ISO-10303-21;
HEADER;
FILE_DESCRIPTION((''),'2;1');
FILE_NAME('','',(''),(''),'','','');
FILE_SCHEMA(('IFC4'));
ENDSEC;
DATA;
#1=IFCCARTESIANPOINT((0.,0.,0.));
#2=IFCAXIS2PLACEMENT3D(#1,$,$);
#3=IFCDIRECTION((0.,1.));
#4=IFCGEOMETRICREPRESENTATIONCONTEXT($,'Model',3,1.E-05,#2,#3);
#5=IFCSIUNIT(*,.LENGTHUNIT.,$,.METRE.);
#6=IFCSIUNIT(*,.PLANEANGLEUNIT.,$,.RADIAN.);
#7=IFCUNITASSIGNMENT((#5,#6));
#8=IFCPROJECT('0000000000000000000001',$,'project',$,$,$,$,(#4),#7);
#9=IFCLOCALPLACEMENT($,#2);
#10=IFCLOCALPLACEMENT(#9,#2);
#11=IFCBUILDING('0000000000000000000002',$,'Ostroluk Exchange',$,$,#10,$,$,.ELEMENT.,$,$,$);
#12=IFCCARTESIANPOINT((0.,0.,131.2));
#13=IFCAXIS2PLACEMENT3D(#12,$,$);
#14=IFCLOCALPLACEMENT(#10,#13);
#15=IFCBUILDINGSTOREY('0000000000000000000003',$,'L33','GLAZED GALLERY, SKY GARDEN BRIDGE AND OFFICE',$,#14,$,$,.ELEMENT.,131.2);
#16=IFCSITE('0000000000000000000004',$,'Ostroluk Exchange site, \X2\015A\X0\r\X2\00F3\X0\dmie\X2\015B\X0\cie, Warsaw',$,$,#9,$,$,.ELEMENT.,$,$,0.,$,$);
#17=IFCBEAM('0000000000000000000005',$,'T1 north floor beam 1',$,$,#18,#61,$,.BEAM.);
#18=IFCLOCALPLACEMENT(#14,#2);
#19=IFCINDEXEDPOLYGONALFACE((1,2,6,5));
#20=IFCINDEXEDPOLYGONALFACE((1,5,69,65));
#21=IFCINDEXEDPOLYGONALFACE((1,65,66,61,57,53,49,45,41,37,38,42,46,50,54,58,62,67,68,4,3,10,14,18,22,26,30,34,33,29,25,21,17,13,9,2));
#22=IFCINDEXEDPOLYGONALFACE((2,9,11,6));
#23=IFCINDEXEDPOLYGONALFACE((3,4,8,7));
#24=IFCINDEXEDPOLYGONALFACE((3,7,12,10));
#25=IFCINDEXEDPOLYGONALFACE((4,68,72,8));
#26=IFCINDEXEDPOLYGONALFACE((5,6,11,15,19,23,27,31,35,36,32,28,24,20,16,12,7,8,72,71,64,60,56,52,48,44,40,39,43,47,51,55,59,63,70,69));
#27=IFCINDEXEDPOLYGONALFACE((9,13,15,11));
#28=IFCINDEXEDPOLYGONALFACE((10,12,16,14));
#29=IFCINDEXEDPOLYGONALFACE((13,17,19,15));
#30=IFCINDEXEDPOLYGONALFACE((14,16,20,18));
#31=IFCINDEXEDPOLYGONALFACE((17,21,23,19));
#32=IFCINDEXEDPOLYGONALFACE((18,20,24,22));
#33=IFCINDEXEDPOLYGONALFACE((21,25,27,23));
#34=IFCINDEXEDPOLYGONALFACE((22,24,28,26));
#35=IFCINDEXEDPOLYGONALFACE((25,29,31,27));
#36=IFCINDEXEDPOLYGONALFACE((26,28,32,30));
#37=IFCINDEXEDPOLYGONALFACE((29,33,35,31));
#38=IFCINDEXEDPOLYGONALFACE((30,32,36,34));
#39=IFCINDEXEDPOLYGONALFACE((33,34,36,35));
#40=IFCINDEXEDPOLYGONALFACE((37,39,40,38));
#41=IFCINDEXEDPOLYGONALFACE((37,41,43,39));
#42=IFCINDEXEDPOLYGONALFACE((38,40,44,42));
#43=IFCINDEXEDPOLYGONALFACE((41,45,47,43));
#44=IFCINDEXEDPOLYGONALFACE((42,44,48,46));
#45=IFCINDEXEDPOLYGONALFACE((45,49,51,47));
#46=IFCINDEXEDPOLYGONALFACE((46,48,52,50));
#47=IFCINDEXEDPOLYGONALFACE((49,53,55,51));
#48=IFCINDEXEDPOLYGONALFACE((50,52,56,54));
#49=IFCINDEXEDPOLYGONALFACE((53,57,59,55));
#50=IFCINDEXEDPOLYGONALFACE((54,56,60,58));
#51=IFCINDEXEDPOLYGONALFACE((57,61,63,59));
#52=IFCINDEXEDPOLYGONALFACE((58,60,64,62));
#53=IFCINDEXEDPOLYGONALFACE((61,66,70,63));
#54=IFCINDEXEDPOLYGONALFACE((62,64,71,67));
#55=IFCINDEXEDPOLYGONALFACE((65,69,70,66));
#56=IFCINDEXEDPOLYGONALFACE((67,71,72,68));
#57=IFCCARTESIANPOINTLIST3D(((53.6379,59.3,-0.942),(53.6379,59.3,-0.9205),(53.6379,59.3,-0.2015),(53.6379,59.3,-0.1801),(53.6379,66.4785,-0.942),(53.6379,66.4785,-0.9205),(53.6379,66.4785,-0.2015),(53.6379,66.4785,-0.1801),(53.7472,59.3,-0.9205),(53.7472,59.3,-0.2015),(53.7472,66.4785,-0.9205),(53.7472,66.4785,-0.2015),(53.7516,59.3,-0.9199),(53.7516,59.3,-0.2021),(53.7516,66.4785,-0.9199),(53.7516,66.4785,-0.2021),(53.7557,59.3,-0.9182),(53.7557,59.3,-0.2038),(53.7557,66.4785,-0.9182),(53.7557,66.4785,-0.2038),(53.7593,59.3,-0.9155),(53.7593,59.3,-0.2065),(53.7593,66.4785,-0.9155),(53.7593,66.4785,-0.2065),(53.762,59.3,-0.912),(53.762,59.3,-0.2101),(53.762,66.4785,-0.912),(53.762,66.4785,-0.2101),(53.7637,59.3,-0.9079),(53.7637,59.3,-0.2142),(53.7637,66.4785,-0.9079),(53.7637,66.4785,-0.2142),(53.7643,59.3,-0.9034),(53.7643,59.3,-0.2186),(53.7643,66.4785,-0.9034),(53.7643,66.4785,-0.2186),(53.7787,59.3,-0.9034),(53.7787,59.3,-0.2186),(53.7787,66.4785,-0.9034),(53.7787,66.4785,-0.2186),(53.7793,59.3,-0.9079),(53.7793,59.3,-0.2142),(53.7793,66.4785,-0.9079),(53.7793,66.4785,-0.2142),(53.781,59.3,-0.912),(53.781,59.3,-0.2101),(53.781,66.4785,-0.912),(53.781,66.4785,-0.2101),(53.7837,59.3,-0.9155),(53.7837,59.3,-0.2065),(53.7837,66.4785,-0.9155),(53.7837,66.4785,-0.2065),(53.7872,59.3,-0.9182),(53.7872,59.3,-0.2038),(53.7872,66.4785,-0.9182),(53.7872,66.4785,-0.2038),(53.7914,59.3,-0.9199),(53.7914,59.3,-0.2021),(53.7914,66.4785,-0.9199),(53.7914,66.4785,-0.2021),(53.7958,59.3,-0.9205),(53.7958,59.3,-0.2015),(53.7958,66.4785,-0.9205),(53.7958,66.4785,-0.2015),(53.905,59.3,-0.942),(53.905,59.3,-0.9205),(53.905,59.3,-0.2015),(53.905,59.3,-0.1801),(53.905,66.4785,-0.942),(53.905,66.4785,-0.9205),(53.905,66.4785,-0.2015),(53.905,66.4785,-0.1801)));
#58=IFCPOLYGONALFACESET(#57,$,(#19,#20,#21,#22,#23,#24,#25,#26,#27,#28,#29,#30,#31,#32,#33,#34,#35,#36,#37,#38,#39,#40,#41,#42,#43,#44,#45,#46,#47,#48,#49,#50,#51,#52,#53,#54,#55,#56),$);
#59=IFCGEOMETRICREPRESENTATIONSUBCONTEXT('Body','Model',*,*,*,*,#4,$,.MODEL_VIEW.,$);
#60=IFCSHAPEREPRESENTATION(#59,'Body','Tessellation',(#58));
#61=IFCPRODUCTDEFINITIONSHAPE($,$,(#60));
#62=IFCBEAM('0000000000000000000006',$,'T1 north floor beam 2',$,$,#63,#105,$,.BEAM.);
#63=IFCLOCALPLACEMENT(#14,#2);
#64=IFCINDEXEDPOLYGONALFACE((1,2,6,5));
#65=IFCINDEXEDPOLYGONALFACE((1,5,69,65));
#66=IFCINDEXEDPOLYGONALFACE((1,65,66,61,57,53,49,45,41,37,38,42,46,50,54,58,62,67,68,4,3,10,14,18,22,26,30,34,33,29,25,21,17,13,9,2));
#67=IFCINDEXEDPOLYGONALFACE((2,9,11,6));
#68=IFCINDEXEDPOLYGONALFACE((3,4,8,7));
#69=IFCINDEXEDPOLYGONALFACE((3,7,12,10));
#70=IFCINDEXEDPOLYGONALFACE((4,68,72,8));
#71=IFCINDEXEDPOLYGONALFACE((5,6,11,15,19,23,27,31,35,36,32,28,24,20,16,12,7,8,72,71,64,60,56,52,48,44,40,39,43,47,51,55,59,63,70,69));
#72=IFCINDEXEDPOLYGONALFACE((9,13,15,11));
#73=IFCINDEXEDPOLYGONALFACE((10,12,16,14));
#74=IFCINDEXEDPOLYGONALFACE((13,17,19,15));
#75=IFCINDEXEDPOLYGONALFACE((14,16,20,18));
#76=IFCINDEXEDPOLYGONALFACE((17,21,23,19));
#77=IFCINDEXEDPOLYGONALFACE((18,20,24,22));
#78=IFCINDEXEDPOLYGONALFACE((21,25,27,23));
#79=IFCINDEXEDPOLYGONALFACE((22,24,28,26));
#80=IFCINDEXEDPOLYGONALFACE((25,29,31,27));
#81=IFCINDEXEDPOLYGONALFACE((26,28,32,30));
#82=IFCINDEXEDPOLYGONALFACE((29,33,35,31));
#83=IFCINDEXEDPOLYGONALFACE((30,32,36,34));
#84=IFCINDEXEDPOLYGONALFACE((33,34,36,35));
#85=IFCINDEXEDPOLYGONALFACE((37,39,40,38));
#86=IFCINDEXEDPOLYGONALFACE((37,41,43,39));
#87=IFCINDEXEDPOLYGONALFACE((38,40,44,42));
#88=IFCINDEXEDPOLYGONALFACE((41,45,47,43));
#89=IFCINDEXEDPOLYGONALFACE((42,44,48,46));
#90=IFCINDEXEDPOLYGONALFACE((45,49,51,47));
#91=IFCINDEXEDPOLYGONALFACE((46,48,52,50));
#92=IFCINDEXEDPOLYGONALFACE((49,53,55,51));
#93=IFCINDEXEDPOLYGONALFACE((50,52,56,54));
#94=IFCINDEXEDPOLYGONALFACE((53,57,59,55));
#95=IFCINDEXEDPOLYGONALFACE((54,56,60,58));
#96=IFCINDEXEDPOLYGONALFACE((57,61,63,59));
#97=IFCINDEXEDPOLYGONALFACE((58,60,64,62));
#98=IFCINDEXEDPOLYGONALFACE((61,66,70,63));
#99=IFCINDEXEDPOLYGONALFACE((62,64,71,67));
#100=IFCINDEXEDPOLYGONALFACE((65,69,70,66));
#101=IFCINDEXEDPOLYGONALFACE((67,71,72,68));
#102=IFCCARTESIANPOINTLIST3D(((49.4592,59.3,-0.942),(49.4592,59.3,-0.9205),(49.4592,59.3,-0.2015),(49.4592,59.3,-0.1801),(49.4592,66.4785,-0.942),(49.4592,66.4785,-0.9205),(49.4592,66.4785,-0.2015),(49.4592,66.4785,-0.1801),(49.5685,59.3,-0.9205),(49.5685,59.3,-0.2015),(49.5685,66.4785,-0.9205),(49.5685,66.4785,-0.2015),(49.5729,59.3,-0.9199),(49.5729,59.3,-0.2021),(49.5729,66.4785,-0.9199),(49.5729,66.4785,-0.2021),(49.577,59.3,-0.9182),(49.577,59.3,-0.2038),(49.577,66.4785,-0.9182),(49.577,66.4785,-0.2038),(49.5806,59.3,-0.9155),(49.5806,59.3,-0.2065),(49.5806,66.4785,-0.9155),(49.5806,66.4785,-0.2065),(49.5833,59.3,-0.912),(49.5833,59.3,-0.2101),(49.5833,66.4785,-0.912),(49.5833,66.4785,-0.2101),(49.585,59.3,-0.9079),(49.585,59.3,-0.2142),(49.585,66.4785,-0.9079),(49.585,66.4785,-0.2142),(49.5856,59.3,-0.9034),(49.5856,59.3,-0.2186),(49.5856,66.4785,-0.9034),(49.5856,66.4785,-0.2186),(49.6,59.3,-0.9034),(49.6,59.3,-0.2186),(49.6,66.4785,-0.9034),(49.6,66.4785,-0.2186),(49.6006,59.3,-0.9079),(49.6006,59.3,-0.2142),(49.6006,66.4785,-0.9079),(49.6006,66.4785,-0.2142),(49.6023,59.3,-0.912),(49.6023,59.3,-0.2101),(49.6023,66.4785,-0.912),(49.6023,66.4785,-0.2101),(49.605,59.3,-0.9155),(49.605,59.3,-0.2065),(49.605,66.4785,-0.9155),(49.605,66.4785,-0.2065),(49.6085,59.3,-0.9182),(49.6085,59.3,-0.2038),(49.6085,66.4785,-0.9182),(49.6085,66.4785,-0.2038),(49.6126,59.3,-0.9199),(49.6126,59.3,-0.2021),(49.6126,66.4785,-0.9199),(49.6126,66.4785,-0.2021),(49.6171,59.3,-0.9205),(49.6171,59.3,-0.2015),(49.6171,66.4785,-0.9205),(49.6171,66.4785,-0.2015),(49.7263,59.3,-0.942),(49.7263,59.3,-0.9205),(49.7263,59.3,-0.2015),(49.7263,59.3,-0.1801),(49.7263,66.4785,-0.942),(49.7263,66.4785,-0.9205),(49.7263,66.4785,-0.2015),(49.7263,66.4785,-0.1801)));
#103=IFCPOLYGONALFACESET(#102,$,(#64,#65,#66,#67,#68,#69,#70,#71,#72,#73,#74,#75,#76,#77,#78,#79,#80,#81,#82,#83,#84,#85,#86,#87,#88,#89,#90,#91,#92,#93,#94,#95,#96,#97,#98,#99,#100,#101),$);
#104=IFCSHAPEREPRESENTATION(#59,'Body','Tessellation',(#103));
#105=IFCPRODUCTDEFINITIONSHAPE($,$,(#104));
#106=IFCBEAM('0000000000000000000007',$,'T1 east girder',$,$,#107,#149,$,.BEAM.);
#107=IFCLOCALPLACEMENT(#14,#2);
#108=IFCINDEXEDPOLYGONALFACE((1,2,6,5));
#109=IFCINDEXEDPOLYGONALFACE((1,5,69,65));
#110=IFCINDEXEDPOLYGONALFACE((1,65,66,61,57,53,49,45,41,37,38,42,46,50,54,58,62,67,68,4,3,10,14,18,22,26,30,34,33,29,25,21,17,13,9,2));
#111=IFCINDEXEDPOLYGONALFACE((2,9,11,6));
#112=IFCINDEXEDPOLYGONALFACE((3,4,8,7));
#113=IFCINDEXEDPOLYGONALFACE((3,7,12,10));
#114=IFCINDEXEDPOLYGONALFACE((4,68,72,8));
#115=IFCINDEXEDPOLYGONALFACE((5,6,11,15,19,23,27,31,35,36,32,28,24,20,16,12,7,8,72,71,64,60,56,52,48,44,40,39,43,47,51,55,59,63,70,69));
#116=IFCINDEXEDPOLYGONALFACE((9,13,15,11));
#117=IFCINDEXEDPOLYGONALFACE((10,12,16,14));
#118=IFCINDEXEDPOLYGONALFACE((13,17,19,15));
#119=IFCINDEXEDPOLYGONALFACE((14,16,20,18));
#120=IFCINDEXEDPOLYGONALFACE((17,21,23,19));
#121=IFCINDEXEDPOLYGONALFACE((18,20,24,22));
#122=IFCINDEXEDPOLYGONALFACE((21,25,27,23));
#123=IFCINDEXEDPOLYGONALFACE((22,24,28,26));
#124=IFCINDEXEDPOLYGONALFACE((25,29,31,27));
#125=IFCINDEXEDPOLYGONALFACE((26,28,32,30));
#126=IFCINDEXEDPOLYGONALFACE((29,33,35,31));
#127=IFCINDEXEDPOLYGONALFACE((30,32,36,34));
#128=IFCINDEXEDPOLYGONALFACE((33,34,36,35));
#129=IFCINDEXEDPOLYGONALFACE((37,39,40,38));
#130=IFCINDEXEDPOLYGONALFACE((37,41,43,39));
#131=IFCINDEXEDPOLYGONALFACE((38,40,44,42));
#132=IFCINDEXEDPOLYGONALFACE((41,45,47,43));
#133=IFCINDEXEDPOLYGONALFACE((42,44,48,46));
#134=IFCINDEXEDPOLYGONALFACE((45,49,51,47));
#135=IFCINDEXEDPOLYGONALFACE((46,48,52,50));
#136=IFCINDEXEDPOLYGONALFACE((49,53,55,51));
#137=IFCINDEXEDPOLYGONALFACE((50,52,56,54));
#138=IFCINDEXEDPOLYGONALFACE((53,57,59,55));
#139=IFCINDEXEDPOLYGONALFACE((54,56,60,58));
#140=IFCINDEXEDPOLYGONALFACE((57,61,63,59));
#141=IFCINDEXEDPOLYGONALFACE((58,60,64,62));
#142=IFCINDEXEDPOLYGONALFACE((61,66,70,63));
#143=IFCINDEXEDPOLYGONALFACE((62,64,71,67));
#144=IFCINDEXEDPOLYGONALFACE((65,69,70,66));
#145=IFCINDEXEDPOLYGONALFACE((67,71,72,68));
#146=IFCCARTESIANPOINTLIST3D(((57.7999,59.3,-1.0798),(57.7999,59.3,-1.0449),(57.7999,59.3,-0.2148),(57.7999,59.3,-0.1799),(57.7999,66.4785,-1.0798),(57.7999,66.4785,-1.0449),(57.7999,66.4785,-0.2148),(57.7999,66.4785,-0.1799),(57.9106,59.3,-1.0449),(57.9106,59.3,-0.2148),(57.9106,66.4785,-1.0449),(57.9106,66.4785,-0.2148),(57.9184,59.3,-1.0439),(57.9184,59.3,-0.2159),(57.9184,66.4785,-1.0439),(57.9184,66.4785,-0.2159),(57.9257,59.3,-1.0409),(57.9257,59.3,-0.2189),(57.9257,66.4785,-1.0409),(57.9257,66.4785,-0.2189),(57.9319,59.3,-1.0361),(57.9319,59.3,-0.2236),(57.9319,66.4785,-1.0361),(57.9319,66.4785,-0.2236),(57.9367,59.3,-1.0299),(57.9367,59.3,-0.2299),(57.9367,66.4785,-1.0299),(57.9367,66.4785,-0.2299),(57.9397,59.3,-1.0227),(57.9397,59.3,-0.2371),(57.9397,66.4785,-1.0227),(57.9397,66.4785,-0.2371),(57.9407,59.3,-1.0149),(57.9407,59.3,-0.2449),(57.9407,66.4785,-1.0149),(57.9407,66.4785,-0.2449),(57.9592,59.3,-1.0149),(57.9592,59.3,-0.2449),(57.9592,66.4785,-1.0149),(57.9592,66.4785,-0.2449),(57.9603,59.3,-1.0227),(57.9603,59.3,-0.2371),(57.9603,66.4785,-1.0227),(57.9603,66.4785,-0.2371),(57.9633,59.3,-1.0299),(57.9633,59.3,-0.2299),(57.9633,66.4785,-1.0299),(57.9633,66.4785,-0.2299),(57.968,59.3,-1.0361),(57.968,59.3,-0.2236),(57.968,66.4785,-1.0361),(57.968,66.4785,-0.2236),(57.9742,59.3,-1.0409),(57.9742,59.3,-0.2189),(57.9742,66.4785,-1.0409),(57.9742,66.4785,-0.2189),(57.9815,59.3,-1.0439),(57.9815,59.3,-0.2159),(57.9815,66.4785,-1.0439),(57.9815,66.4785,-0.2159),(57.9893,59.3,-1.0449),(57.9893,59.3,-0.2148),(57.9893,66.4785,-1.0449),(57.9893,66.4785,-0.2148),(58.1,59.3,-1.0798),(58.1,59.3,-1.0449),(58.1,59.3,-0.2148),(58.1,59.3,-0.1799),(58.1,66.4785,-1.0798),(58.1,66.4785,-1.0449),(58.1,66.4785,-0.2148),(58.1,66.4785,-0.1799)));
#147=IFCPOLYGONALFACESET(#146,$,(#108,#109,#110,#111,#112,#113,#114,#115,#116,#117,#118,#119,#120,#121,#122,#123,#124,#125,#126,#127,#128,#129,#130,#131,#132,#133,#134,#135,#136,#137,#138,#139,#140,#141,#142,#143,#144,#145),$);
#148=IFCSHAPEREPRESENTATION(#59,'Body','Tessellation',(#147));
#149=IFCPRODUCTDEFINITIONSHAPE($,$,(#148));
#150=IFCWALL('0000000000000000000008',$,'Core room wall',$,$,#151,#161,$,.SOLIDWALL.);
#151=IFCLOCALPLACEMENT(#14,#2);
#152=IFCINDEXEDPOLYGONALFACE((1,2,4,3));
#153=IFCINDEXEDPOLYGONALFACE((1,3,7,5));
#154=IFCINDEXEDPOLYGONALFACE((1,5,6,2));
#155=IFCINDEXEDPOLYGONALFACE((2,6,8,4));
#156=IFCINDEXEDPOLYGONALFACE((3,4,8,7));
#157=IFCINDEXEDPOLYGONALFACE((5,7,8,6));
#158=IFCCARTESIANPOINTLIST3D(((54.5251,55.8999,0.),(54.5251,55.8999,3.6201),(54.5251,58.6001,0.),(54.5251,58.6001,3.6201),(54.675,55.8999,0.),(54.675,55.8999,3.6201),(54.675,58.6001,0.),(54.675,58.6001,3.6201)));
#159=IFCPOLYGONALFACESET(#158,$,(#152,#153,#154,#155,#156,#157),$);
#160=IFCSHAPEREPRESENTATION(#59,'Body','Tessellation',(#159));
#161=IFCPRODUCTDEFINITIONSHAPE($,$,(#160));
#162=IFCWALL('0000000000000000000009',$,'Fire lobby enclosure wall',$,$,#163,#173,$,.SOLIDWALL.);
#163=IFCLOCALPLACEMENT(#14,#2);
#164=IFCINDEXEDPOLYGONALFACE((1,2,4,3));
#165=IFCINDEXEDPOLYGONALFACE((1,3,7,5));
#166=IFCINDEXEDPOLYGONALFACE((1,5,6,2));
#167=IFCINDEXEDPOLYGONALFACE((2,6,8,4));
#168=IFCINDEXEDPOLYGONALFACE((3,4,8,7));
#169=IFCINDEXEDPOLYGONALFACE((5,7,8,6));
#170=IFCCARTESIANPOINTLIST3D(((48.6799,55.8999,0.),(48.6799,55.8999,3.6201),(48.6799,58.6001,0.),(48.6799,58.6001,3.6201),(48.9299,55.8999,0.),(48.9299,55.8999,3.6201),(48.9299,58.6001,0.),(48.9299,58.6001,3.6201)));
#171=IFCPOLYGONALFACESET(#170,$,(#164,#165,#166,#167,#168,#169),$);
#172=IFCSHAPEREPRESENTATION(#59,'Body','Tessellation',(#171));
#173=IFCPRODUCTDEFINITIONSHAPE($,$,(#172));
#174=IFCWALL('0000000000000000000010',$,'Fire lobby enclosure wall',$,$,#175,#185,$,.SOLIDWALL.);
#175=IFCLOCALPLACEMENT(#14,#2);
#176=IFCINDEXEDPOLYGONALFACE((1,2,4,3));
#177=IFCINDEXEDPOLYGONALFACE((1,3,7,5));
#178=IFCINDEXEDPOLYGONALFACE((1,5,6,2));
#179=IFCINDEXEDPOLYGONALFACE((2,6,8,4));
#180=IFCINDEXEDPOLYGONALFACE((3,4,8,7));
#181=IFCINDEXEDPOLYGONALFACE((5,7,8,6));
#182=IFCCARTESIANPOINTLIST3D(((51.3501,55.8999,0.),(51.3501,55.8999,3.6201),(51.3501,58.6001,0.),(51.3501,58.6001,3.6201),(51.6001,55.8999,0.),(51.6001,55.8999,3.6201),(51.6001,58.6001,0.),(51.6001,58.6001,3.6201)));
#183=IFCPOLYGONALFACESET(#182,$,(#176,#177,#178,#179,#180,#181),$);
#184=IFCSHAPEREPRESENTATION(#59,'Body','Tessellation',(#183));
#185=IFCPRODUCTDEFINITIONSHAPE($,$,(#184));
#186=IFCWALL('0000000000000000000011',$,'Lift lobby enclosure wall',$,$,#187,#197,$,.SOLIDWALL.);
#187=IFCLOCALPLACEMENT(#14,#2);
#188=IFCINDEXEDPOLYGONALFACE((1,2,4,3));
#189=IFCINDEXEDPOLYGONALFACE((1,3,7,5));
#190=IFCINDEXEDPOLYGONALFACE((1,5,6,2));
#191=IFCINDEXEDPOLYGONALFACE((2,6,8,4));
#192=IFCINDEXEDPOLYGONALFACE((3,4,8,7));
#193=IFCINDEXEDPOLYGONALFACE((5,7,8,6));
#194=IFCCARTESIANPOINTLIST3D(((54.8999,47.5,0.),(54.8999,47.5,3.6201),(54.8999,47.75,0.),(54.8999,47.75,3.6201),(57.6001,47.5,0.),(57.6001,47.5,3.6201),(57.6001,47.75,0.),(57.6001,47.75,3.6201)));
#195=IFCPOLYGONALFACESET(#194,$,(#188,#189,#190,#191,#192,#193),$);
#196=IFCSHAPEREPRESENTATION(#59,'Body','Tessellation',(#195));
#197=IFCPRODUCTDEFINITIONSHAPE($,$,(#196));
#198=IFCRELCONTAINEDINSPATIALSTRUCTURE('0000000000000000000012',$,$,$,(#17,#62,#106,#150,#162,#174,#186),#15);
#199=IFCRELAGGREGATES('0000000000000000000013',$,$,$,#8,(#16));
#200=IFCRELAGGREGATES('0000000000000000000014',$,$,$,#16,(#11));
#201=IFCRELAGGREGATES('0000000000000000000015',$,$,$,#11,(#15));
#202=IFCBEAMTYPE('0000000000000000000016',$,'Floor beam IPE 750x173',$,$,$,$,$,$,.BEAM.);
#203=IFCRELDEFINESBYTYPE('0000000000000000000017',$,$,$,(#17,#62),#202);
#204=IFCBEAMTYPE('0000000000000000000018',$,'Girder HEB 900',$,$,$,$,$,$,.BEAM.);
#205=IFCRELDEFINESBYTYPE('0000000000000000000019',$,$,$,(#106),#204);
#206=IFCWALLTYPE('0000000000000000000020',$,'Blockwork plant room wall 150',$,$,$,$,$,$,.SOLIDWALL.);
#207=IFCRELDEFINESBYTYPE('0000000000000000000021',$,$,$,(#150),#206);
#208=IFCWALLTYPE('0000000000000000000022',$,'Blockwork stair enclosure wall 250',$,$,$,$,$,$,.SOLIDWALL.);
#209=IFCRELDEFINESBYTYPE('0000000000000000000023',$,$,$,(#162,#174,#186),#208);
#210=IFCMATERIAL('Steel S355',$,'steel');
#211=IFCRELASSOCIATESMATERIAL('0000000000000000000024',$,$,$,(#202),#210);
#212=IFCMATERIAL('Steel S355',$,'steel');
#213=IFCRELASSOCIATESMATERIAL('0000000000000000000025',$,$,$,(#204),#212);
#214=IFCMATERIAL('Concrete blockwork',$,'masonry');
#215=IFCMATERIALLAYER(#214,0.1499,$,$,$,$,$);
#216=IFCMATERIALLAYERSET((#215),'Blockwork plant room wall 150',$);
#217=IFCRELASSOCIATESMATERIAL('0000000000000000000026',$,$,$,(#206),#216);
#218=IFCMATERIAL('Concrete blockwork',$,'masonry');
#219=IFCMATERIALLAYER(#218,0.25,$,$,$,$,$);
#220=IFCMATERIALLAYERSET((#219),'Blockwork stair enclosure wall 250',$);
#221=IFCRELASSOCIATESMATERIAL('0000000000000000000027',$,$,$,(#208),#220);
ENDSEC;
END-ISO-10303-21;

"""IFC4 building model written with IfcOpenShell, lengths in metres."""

from ifc_helpers import new_model, si_unit, direction, frame, frame_2d, origin, origin_2d, place, context, subcontext, project, spatial, rectangle, i_section, extrude, material, layer, layer_set, material_profile, profile_set, type_object, element, save


model = new_model("IFC4")

# Units and contexts
model_context = context("Model", 3, precision=1e-05, world=origin(), true_north=direction((0.0, 1.0)))
body_context = subcontext(model_context, "Body", "Model", "MODEL_VIEW")
ifc_project = project(units=[si_unit("LENGTHUNIT", "METRE"), si_unit("PLANEANGLEUNIT", "RADIAN")], contexts=[model_context])

# Site, building, storey
site_placement = place(None, origin())
site = spatial("IfcSite", under=ifc_project, at=site_placement, Name="Ostroluk Exchange site, Śródmieście, Warsaw", CompositionType="ELEMENT", RefElevation=0.0)
building_placement = place(site_placement, origin())
building = spatial("IfcBuilding", under=site, at=building_placement, Name="Ostroluk Exchange", CompositionType="ELEMENT")
storey_placement = place(building_placement, frame((0.0, 0.0, 131.2)))
storey = spatial("IfcBuildingStorey", under=building, at=storey_placement, Name="L33", Description="GLAZED GALLERY, SKY GARDEN BRIDGE AND OFFICE", CompositionType="ELEMENT", Elevation=131.2)

# Beams
ifc_material_1 = material(Name="Steel S355", Category="steel")
ifc_material_profile_1 = material_profile(ifc_material_1, i_section(OverallWidth=0.2671, OverallDepth=0.762, WebThickness=0.0144, FlangeThickness=0.0215, FilletRadius=0.0171, at=origin_2d()), Name="IPE 750x173")
ifc_profile_set_1 = profile_set([ifc_material_profile_1], Name="Steel S355")
beam_type_1 = type_object("IfcBeamType", Name="Floor beam IPE 750x173", PredefinedType="BEAM", material=ifc_profile_set_1)
for number, where, z_axis, x_axis, name in (
    (1, (53.7715, 59.3, -0.561), (0.0, 1.0, 0.0), (-1.0, 0.0, 0.0), "T1 north floor beam 1"),
    (2, (49.5928, 59.3, -0.561), (0.0, 1.0, 0.0), (-1.0, 0.0, 0.0), "T1 north floor beam 2"),
):
    element("IfcBeam", number, at=place(storey_placement, frame(where, z_axis=z_axis, x_axis=x_axis)), inside=storey, type_object=beam_type_1, Name=name, PredefinedType="BEAM", context=body_context, shape_type="SweptSolid", body=[
        extrude(i_section(OverallWidth=0.2671, OverallDepth=0.762, WebThickness=0.0144, FlangeThickness=0.0215, FilletRadius=0.0171, at=origin_2d()), origin(), (0.0, 0.0, 1.0), 7.1785),
    ])
ifc_material_2 = material(Name="Steel S355", Category="steel")
ifc_material_profile_2 = material_profile(ifc_material_2, i_section(OverallWidth=0.3, OverallDepth=0.8999, WebThickness=0.0186, FlangeThickness=0.0349, FilletRadius=0.03, at=origin_2d()), Name="HEB 900")
ifc_profile_set_2 = profile_set([ifc_material_profile_2], Name="Steel S355")
beam_type_2 = type_object("IfcBeamType", Name="Girder HEB 900", PredefinedType="BEAM", material=ifc_profile_set_2)
beam_placement = place(storey_placement, frame((57.95, 59.3, -0.6299), z_axis=(0.0, 1.0, 0.0), x_axis=(-1.0, 0.0, 0.0)))
element("IfcBeam", 3, at=beam_placement, inside=storey, type_object=beam_type_2, Name="T1 east girder", PredefinedType="BEAM", context=body_context, shape_type="SweptSolid", body=[
    extrude(i_section(OverallWidth=0.3, OverallDepth=0.8999, WebThickness=0.0186, FlangeThickness=0.0349, FilletRadius=0.03, at=origin_2d()), origin(), (0.0, 0.0, 1.0), 7.1785),
])

# Walls
ifc_material_3 = material(Name="Concrete blockwork", Category="masonry")
ifc_layer_1 = layer(ifc_material_3, 0.1499)
ifc_layer_set_1 = layer_set([ifc_layer_1], Name="Blockwork plant room wall 150")
wall_type_1 = type_object("IfcWallType", Name="Blockwork plant room wall 150", PredefinedType="SOLIDWALL", material=ifc_layer_set_1)
wall_1_placement = place(storey_placement, frame((54.6001, 55.8999, 0.0), z_axis=(0.0, 0.0, 1.0), x_axis=(0.0, 1.0, 0.0)))
element("IfcWall", 4, at=wall_1_placement, inside=storey, type_object=wall_type_1, Name="Core room wall", PredefinedType="SOLIDWALL", context=body_context, shape_type="SweptSolid", body=[
    extrude(rectangle(XDim=2.7002, YDim=0.1499, at=frame_2d((1.3501, 0.0))), origin(), (0.0, 0.0, 1.0), 3.6201),
])
ifc_material_4 = material(Name="Concrete blockwork", Category="masonry")
ifc_layer_2 = layer(ifc_material_4, 0.25)
ifc_layer_set_2 = layer_set([ifc_layer_2], Name="Blockwork stair enclosure wall 250")
wall_type_2 = type_object("IfcWallType", Name="Blockwork stair enclosure wall 250", PredefinedType="SOLIDWALL", material=ifc_layer_set_2)
for number, where, z_axis, x_axis, name in (
    (5, (48.8049, 55.8999, 0.0), (0.0, 0.0, 1.0), (0.0, 1.0, 0.0), "Fire lobby enclosure wall"),
    (6, (51.4751, 55.8999, 0.0), (0.0, 0.0, 1.0), (0.0, 1.0, 0.0), "Fire lobby enclosure wall"),
    (7, (54.8999, 47.625, 0.0), (0.0, 0.0, 1.0), (1.0, 0.0, 0.0), "Lift lobby enclosure wall"),
):
    element("IfcWall", number, at=place(storey_placement, frame(where, z_axis=z_axis, x_axis=x_axis)), inside=storey, type_object=wall_type_2, Name=name, PredefinedType="SOLIDWALL", context=body_context, shape_type="SweptSolid", body=[
        extrude(rectangle(XDim=2.7002, YDim=0.25, at=frame_2d((1.3501, 0.0))), origin(), (0.0, 0.0, 1.0), 3.6201),
    ])

save(model, "model.ifc")
